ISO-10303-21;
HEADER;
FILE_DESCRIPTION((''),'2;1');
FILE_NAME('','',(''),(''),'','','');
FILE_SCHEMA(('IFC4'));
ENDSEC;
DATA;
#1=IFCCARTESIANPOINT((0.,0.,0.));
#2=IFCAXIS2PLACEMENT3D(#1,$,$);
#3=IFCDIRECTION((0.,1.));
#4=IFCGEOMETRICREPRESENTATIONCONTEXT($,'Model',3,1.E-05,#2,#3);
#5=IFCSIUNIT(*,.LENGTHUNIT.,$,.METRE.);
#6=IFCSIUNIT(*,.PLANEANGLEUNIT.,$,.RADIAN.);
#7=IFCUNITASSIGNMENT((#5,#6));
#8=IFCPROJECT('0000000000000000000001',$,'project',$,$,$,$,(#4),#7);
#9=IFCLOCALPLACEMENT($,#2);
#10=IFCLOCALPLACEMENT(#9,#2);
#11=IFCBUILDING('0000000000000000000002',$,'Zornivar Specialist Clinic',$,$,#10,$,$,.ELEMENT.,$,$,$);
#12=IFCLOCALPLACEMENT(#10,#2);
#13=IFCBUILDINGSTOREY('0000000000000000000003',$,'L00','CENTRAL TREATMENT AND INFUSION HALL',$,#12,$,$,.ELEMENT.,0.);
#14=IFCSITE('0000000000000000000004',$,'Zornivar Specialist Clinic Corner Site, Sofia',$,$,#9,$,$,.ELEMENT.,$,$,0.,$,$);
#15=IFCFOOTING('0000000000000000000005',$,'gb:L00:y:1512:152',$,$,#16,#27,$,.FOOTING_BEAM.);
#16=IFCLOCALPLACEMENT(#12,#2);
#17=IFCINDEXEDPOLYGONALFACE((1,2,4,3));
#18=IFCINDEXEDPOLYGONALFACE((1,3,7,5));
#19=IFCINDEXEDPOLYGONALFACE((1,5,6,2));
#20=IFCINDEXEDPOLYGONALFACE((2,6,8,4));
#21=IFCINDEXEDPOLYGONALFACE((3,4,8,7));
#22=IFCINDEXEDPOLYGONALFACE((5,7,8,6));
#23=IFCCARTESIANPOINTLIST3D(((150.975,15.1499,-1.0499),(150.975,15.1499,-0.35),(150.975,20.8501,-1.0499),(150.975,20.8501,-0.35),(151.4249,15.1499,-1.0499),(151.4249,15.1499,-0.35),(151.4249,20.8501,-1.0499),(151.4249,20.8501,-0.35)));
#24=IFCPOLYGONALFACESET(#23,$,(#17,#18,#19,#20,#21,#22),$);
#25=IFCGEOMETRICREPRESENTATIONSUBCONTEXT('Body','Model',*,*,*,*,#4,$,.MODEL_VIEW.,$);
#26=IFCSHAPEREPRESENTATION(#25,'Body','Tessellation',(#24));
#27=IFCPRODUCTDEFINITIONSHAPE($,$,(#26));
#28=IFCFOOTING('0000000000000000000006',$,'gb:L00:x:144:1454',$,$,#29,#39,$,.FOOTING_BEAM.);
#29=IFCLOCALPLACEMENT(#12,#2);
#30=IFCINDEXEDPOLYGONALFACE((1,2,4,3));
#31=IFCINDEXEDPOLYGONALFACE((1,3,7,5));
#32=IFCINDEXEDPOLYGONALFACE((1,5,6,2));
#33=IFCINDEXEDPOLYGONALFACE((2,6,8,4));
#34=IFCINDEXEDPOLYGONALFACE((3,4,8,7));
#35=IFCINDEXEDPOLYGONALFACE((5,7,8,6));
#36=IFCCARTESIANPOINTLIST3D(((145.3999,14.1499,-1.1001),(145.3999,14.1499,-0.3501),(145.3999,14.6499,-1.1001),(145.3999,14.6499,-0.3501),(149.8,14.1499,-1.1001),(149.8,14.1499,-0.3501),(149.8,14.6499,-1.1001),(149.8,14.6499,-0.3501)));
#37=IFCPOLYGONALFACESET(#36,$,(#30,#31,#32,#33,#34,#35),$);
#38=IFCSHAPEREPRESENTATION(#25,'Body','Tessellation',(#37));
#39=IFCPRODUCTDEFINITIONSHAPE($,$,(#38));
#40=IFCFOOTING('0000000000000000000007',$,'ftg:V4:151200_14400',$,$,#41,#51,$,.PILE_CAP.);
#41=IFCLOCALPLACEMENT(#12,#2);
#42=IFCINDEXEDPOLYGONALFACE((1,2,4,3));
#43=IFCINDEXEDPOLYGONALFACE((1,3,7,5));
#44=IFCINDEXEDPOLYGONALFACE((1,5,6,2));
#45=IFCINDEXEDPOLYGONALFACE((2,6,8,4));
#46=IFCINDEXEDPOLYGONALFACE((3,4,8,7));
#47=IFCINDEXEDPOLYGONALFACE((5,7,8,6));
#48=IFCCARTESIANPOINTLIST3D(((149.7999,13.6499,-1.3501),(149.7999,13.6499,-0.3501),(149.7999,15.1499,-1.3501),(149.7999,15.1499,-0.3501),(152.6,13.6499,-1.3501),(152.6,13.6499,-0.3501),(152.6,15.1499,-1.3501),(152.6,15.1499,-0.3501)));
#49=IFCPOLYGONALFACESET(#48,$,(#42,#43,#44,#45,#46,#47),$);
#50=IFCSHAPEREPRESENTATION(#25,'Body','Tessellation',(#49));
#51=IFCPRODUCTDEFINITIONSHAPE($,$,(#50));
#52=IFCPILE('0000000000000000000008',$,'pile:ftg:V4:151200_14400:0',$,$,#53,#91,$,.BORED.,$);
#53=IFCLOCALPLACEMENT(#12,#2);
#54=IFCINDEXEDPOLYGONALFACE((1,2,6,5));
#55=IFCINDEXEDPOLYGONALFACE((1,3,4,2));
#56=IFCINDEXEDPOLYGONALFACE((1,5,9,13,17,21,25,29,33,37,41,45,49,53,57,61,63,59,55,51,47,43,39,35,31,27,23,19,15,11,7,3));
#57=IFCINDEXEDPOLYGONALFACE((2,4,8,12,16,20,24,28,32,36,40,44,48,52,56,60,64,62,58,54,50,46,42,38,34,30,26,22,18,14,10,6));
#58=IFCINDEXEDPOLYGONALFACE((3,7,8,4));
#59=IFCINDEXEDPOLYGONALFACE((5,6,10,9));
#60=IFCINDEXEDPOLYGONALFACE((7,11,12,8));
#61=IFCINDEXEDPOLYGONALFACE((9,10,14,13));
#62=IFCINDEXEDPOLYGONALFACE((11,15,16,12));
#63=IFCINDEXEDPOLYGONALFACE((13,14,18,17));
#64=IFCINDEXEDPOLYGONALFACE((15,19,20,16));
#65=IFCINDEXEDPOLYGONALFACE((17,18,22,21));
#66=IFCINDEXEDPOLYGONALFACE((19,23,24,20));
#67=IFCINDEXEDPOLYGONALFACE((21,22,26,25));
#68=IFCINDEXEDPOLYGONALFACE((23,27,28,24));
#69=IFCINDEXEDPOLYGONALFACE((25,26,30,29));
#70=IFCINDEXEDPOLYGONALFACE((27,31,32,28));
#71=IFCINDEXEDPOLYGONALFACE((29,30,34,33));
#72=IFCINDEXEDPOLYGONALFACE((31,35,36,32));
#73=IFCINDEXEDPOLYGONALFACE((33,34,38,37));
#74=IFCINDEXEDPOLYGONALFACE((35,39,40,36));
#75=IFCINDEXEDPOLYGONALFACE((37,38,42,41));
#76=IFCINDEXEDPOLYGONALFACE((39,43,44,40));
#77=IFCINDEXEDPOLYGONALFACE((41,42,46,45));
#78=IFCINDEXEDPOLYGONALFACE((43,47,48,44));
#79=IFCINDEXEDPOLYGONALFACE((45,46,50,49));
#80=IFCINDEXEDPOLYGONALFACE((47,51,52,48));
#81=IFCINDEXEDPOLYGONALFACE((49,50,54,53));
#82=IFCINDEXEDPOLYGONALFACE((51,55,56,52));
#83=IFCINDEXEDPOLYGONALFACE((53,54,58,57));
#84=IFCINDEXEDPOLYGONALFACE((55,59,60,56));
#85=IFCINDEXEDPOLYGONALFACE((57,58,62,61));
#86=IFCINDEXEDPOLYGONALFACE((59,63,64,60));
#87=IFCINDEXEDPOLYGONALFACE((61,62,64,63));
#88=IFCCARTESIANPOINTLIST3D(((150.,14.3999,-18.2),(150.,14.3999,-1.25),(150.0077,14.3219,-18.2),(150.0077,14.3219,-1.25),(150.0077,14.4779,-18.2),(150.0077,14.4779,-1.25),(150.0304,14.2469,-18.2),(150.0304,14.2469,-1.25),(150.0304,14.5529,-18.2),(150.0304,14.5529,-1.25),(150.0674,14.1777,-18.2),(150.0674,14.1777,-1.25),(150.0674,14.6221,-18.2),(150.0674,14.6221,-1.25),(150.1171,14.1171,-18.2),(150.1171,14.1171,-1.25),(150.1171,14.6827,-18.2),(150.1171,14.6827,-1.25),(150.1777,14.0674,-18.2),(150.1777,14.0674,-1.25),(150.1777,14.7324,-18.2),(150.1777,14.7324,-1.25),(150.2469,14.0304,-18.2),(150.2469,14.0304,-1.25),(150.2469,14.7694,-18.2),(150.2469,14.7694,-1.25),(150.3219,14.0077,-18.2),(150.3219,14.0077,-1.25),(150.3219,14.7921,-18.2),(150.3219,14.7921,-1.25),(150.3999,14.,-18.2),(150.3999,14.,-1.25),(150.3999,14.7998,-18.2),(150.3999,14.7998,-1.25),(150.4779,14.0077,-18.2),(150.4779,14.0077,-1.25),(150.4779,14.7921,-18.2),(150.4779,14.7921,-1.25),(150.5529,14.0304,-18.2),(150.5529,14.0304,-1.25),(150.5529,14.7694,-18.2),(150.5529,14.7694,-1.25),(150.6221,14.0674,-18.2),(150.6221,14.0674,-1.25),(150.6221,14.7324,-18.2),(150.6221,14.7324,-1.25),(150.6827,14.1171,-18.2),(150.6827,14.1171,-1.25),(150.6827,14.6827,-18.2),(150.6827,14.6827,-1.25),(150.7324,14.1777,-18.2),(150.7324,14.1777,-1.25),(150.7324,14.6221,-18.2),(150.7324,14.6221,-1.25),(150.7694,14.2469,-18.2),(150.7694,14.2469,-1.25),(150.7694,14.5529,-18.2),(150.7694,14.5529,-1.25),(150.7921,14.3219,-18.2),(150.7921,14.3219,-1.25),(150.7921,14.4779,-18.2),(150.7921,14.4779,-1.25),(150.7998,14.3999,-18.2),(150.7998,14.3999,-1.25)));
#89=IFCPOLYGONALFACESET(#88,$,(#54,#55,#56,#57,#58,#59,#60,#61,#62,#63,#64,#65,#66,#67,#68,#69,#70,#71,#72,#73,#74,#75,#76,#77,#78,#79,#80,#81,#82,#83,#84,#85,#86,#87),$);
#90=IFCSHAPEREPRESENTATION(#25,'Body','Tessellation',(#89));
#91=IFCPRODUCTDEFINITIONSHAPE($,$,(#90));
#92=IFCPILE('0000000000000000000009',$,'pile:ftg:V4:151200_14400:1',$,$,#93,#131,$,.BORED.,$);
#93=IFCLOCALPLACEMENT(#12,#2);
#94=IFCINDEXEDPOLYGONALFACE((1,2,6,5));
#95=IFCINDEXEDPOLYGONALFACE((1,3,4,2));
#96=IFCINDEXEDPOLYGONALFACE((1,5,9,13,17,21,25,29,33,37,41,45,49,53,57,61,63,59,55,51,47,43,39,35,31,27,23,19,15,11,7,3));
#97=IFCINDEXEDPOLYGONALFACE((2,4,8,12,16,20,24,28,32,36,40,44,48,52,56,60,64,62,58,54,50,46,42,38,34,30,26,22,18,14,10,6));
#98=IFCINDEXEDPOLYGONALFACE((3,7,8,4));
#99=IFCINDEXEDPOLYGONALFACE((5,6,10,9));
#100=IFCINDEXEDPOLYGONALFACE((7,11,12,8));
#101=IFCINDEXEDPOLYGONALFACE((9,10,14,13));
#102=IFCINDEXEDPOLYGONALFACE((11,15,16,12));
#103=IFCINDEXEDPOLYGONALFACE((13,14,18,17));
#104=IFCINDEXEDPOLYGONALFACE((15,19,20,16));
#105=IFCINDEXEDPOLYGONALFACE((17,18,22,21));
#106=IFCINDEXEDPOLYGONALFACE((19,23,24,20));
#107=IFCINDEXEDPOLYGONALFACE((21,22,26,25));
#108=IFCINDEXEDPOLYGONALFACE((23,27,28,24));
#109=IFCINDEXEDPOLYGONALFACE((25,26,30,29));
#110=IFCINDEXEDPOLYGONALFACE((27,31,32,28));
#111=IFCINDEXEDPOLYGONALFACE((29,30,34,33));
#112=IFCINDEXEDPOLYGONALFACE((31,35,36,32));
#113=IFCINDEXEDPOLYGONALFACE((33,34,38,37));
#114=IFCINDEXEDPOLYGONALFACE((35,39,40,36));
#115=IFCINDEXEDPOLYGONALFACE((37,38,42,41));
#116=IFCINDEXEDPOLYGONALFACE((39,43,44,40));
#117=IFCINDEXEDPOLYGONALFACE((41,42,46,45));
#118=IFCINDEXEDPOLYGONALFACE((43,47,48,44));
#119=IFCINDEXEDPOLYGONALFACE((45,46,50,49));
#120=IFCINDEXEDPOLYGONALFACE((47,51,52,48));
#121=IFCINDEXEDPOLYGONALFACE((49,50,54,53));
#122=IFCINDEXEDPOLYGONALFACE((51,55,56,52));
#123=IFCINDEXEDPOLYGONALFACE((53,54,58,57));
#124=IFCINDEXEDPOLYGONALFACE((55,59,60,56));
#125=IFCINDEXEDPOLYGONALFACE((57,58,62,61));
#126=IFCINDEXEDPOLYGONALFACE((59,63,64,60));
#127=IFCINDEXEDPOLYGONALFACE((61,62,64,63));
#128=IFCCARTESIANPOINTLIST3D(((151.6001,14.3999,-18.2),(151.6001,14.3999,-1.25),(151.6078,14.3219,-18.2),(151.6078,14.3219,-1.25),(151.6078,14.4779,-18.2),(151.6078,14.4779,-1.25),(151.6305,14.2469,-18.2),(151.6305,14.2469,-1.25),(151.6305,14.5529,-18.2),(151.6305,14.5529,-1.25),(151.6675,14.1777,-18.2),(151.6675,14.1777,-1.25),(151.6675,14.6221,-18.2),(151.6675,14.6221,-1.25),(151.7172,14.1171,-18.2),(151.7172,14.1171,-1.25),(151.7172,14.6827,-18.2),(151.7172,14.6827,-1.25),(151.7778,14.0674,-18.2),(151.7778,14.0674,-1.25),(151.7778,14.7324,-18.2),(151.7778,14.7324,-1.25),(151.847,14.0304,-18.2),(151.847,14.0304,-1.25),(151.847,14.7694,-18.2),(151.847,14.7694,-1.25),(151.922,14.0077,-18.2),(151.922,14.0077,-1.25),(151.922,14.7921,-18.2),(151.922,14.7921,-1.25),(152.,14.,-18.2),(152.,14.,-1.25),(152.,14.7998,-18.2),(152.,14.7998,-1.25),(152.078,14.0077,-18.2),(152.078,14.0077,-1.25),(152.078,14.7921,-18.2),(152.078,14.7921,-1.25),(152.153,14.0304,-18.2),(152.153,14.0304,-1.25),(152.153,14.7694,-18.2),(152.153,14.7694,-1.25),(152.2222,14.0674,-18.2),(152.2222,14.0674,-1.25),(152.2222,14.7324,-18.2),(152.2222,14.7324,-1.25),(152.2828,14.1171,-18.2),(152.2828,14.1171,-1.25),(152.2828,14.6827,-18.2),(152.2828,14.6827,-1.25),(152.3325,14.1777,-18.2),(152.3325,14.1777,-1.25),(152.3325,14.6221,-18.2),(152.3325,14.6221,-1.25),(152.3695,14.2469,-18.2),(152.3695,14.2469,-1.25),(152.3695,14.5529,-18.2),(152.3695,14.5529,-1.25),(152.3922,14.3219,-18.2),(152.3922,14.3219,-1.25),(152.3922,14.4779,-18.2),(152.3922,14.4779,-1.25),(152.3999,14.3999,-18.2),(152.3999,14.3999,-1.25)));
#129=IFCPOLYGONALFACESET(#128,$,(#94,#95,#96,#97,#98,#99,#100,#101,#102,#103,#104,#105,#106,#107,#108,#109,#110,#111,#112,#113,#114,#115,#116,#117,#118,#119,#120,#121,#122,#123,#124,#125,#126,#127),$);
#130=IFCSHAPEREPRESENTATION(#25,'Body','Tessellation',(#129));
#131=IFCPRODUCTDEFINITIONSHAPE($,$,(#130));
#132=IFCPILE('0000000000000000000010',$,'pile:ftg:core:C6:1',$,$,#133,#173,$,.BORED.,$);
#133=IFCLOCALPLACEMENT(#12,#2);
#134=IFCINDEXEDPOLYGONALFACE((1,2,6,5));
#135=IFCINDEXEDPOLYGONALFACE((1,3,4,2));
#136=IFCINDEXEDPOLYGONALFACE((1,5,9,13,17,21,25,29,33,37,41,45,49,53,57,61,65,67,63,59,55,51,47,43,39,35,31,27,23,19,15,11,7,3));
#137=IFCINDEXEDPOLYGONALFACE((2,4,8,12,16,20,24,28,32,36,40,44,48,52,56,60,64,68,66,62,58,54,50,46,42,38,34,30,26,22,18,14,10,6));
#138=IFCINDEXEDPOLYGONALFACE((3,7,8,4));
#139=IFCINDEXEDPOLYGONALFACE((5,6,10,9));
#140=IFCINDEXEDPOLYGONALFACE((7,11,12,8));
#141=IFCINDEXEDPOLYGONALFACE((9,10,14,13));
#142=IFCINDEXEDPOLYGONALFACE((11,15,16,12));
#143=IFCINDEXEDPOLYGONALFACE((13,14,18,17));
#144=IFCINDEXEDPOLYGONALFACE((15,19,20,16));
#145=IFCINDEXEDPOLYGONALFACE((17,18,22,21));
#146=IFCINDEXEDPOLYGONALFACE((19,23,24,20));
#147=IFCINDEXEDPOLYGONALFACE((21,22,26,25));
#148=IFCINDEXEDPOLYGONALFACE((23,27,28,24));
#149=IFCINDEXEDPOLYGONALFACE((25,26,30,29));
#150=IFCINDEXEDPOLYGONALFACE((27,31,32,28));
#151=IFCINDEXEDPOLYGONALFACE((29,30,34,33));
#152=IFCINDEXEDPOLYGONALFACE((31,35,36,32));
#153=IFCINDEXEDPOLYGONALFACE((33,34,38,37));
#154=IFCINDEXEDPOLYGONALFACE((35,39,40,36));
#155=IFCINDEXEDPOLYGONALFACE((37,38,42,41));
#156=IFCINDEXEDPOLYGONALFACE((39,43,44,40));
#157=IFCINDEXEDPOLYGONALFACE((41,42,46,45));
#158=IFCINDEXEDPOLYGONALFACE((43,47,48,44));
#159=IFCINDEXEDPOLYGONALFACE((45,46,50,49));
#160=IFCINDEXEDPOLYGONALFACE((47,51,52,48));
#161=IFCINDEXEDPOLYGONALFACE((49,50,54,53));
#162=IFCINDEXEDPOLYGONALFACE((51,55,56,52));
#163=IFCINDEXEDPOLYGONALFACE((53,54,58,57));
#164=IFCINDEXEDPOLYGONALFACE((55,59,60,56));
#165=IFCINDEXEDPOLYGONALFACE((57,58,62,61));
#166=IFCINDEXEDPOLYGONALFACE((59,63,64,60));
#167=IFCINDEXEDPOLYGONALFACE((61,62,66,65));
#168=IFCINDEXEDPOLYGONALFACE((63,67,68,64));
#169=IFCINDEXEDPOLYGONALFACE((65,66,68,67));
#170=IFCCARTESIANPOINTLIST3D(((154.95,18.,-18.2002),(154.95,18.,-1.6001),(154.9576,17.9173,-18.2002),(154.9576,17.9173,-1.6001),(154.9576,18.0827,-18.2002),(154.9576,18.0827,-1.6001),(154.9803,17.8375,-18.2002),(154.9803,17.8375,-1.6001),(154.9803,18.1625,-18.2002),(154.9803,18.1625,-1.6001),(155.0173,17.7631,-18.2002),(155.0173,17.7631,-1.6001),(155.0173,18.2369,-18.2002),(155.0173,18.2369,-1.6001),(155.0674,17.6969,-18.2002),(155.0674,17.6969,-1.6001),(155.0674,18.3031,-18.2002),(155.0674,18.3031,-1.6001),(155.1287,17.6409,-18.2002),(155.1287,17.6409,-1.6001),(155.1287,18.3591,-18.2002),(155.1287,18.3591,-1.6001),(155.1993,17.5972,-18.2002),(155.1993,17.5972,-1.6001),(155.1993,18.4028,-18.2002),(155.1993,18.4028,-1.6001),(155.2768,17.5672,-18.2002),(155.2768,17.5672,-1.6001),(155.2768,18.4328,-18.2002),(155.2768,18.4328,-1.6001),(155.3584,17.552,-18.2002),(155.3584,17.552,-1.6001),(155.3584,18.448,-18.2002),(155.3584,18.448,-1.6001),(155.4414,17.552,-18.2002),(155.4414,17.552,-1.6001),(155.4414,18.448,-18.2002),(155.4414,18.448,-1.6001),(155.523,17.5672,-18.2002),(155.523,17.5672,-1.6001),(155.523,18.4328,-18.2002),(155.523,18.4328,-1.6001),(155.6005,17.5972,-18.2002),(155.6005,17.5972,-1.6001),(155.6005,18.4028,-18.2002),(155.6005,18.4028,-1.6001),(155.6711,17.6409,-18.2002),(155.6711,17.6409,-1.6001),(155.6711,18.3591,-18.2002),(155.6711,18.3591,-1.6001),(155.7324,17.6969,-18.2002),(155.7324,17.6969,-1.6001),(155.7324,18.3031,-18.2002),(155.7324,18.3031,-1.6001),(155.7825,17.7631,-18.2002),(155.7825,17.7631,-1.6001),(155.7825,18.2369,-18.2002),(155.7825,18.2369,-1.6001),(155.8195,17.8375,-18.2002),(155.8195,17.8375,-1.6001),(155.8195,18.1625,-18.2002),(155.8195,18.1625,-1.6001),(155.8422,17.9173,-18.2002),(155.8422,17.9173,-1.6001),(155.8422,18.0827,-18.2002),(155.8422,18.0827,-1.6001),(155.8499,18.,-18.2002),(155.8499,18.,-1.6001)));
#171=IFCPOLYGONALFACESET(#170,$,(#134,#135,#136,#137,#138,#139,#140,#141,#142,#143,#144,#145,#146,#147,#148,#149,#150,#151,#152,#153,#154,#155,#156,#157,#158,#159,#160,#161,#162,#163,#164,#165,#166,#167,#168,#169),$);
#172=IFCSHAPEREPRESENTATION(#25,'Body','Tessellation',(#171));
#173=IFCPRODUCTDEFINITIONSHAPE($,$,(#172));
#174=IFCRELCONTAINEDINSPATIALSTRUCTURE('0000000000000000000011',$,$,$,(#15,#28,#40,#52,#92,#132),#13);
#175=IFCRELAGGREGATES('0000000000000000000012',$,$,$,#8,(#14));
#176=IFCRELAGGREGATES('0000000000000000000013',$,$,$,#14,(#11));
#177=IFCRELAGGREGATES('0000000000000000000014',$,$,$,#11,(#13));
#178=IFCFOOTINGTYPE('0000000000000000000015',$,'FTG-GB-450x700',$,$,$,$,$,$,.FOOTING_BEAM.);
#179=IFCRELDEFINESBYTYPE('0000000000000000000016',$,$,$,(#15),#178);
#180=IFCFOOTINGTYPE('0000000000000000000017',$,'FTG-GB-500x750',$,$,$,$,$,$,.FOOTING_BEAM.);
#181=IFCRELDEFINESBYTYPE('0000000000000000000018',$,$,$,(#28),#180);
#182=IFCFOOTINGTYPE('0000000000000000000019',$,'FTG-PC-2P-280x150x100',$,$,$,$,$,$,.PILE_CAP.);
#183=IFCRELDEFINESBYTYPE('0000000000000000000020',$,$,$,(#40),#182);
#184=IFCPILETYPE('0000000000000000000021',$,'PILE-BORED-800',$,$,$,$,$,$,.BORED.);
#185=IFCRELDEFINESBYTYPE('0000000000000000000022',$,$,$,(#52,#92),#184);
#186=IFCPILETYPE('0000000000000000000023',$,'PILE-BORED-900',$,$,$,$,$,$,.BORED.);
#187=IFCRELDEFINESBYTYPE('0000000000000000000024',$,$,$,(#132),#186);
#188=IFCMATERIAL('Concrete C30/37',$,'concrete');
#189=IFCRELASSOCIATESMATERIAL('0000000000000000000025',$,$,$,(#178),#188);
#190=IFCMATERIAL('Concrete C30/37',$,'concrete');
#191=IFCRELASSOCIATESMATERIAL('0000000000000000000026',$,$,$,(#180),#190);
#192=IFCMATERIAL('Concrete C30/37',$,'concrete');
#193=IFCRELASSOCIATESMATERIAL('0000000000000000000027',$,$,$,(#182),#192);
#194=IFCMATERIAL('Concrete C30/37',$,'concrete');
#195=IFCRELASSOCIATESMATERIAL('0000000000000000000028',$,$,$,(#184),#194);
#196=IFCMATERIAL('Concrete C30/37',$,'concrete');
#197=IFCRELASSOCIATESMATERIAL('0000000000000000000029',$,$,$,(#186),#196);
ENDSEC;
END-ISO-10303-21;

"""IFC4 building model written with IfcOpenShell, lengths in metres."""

from ifc_helpers import new_model, si_unit, direction, frame, origin, origin_2d, place, context, subcontext, project, spatial, rectangle, circle, extrude, material, material_profile, profile_set, type_object, element, save


model = new_model("IFC4")

# Units and contexts
model_context = context("Model", 3, precision=1e-05, world=origin(), true_north=direction((0.0, 1.0)))
body_context = subcontext(model_context, "Body", "Model", "MODEL_VIEW")
ifc_project = project(units=[si_unit("LENGTHUNIT", "METRE"), si_unit("PLANEANGLEUNIT", "RADIAN")], contexts=[model_context])

# Site, building, storey
site_placement = place(None, origin())
site = spatial("IfcSite", under=ifc_project, at=site_placement, Name="Zornivar Specialist Clinic Corner Site, Sofia", CompositionType="ELEMENT", RefElevation=0.0)
building_placement = place(site_placement, origin())
building = spatial("IfcBuilding", under=site, at=building_placement, Name="Zornivar Specialist Clinic", CompositionType="ELEMENT")
storey_placement = place(building_placement, origin())
storey = spatial("IfcBuildingStorey", under=building, at=storey_placement, Name="L00", Description="CENTRAL TREATMENT AND INFUSION HALL", CompositionType="ELEMENT", Elevation=0.0)

# Footings
ifc_material_1 = material(Name="Concrete C30/37", Category="concrete")
ifc_material_profile_1 = material_profile(ifc_material_1, rectangle(XDim=0.45, YDim=0.7, at=origin_2d()), Name="RC 450x700")
ifc_profile_set_1 = profile_set([ifc_material_profile_1], Name="Concrete C30/37")
footing_type_1 = type_object("IfcFootingType", Name="FTG-GB-450x700", PredefinedType="FOOTING_BEAM", material=ifc_profile_set_1)
footing_1_placement = place(storey_placement, frame((151.2, 15.1499, -0.7), z_axis=(0.0, 1.0, 0.0), x_axis=(-1.0, 0.0, 0.0)))
element("IfcFooting", 1, at=footing_1_placement, inside=storey, type_object=footing_type_1, Name="gb:L00:y:1512:152", PredefinedType="FOOTING_BEAM", context=body_context, shape_type="SweptSolid", body=[
    extrude(rectangle(XDim=0.45, YDim=0.7, at=origin_2d()), origin(), (0.0, 0.0, 1.0), 5.7002),
])
ifc_material_2 = material(Name="Concrete C30/37", Category="concrete")
ifc_material_profile_2 = material_profile(ifc_material_2, rectangle(XDim=0.5, YDim=0.75, at=origin_2d()), Name="RC 500x750")
ifc_profile_set_2 = profile_set([ifc_material_profile_2], Name="Concrete C30/37")
footing_type_2 = type_object("IfcFootingType", Name="FTG-GB-500x750", PredefinedType="FOOTING_BEAM", material=ifc_profile_set_2)
footing_2_placement = place(storey_placement, frame((145.3999, 14.3999, -0.7251), z_axis=(1.0, 0.0, 0.0), x_axis=(0.0, 1.0, 0.0)))
element("IfcFooting", 2, at=footing_2_placement, inside=storey, type_object=footing_type_2, Name="gb:L00:x:144:1454", PredefinedType="FOOTING_BEAM", context=body_context, shape_type="SweptSolid", body=[
    extrude(rectangle(XDim=0.5, YDim=0.75, at=origin_2d()), origin(), (0.0, 0.0, 1.0), 4.4001),
])
ifc_material_3 = material(Name="Concrete C30/37", Category="concrete")
footing_type_3 = type_object("IfcFootingType", Name="FTG-PC-2P-280x150x100", PredefinedType="PILE_CAP", material=ifc_material_3)
footing_3_placement = place(storey_placement, frame((151.2, 14.3999, -1.3501), z_axis=(0.0, 0.0, 1.0), x_axis=(1.0, 0.0, 0.0)))
element("IfcFooting", 3, at=footing_3_placement, inside=storey, type_object=footing_type_3, Name="ftg:V4:151200_14400", PredefinedType="PILE_CAP", context=body_context, shape_type="SweptSolid", body=[
    extrude(rectangle(XDim=2.8, YDim=1.5, at=origin_2d()), origin(), (0.0, 0.0, 1.0), 1.0),
])

# Piles
ifc_material_4 = material(Name="Concrete C30/37", Category="concrete")
ifc_material_profile_3 = material_profile(ifc_material_4, circle(Radius=0.3999, at=origin_2d()), Name="PILE D800")
ifc_profile_set_3 = profile_set([ifc_material_profile_3], Name="Concrete C30/37")
pile_type_1 = type_object("IfcPileType", Name="PILE-BORED-800", PredefinedType="BORED", material=ifc_profile_set_3)
for number, where, z_axis, x_axis, name in (
    (4, (150.3999, 14.3999, -1.25), (0.0, 0.0, -1.0), (1.0, 0.0, 0.0), "pile:ftg:V4:151200_14400:0"),
    (5, (152.0, 14.3999, -1.25), (0.0, 0.0, -1.0), (1.0, 0.0, 0.0), "pile:ftg:V4:151200_14400:1"),
):
    element("IfcPile", number, at=place(storey_placement, frame(where, z_axis=z_axis, x_axis=x_axis)), inside=storey, type_object=pile_type_1, Name=name, PredefinedType="BORED", context=body_context, shape_type="SweptSolid", body=[
        extrude(circle(Radius=0.3999, at=origin_2d()), origin(), (0.0, 0.0, 1.0), 16.95),
    ])
ifc_material_5 = material(Name="Concrete C30/37", Category="concrete")
ifc_material_profile_4 = material_profile(ifc_material_5, circle(Radius=0.45, at=origin_2d()), Name="PILE D900")
ifc_profile_set_4 = profile_set([ifc_material_profile_4], Name="Concrete C30/37")
pile_type_2 = type_object("IfcPileType", Name="PILE-BORED-900", PredefinedType="BORED", material=ifc_profile_set_4)
for number, where, z_axis, x_axis, name in (
    (6, (155.3999, 18.0, -1.6001), (0.0, 0.0, -1.0), (1.0, 0.0, 0.0), "pile:ftg:core:C6:1"),
):
    element("IfcPile", number, at=place(storey_placement, frame(where, z_axis=z_axis, x_axis=x_axis)), inside=storey, type_object=pile_type_2, Name=name, PredefinedType="BORED", context=body_context, shape_type="SweptSolid", body=[
        extrude(circle(Radius=0.45, at=origin_2d()), origin(), (0.0, 0.0, 1.0), 16.6001),
    ])

save(model, "model.ifc")
